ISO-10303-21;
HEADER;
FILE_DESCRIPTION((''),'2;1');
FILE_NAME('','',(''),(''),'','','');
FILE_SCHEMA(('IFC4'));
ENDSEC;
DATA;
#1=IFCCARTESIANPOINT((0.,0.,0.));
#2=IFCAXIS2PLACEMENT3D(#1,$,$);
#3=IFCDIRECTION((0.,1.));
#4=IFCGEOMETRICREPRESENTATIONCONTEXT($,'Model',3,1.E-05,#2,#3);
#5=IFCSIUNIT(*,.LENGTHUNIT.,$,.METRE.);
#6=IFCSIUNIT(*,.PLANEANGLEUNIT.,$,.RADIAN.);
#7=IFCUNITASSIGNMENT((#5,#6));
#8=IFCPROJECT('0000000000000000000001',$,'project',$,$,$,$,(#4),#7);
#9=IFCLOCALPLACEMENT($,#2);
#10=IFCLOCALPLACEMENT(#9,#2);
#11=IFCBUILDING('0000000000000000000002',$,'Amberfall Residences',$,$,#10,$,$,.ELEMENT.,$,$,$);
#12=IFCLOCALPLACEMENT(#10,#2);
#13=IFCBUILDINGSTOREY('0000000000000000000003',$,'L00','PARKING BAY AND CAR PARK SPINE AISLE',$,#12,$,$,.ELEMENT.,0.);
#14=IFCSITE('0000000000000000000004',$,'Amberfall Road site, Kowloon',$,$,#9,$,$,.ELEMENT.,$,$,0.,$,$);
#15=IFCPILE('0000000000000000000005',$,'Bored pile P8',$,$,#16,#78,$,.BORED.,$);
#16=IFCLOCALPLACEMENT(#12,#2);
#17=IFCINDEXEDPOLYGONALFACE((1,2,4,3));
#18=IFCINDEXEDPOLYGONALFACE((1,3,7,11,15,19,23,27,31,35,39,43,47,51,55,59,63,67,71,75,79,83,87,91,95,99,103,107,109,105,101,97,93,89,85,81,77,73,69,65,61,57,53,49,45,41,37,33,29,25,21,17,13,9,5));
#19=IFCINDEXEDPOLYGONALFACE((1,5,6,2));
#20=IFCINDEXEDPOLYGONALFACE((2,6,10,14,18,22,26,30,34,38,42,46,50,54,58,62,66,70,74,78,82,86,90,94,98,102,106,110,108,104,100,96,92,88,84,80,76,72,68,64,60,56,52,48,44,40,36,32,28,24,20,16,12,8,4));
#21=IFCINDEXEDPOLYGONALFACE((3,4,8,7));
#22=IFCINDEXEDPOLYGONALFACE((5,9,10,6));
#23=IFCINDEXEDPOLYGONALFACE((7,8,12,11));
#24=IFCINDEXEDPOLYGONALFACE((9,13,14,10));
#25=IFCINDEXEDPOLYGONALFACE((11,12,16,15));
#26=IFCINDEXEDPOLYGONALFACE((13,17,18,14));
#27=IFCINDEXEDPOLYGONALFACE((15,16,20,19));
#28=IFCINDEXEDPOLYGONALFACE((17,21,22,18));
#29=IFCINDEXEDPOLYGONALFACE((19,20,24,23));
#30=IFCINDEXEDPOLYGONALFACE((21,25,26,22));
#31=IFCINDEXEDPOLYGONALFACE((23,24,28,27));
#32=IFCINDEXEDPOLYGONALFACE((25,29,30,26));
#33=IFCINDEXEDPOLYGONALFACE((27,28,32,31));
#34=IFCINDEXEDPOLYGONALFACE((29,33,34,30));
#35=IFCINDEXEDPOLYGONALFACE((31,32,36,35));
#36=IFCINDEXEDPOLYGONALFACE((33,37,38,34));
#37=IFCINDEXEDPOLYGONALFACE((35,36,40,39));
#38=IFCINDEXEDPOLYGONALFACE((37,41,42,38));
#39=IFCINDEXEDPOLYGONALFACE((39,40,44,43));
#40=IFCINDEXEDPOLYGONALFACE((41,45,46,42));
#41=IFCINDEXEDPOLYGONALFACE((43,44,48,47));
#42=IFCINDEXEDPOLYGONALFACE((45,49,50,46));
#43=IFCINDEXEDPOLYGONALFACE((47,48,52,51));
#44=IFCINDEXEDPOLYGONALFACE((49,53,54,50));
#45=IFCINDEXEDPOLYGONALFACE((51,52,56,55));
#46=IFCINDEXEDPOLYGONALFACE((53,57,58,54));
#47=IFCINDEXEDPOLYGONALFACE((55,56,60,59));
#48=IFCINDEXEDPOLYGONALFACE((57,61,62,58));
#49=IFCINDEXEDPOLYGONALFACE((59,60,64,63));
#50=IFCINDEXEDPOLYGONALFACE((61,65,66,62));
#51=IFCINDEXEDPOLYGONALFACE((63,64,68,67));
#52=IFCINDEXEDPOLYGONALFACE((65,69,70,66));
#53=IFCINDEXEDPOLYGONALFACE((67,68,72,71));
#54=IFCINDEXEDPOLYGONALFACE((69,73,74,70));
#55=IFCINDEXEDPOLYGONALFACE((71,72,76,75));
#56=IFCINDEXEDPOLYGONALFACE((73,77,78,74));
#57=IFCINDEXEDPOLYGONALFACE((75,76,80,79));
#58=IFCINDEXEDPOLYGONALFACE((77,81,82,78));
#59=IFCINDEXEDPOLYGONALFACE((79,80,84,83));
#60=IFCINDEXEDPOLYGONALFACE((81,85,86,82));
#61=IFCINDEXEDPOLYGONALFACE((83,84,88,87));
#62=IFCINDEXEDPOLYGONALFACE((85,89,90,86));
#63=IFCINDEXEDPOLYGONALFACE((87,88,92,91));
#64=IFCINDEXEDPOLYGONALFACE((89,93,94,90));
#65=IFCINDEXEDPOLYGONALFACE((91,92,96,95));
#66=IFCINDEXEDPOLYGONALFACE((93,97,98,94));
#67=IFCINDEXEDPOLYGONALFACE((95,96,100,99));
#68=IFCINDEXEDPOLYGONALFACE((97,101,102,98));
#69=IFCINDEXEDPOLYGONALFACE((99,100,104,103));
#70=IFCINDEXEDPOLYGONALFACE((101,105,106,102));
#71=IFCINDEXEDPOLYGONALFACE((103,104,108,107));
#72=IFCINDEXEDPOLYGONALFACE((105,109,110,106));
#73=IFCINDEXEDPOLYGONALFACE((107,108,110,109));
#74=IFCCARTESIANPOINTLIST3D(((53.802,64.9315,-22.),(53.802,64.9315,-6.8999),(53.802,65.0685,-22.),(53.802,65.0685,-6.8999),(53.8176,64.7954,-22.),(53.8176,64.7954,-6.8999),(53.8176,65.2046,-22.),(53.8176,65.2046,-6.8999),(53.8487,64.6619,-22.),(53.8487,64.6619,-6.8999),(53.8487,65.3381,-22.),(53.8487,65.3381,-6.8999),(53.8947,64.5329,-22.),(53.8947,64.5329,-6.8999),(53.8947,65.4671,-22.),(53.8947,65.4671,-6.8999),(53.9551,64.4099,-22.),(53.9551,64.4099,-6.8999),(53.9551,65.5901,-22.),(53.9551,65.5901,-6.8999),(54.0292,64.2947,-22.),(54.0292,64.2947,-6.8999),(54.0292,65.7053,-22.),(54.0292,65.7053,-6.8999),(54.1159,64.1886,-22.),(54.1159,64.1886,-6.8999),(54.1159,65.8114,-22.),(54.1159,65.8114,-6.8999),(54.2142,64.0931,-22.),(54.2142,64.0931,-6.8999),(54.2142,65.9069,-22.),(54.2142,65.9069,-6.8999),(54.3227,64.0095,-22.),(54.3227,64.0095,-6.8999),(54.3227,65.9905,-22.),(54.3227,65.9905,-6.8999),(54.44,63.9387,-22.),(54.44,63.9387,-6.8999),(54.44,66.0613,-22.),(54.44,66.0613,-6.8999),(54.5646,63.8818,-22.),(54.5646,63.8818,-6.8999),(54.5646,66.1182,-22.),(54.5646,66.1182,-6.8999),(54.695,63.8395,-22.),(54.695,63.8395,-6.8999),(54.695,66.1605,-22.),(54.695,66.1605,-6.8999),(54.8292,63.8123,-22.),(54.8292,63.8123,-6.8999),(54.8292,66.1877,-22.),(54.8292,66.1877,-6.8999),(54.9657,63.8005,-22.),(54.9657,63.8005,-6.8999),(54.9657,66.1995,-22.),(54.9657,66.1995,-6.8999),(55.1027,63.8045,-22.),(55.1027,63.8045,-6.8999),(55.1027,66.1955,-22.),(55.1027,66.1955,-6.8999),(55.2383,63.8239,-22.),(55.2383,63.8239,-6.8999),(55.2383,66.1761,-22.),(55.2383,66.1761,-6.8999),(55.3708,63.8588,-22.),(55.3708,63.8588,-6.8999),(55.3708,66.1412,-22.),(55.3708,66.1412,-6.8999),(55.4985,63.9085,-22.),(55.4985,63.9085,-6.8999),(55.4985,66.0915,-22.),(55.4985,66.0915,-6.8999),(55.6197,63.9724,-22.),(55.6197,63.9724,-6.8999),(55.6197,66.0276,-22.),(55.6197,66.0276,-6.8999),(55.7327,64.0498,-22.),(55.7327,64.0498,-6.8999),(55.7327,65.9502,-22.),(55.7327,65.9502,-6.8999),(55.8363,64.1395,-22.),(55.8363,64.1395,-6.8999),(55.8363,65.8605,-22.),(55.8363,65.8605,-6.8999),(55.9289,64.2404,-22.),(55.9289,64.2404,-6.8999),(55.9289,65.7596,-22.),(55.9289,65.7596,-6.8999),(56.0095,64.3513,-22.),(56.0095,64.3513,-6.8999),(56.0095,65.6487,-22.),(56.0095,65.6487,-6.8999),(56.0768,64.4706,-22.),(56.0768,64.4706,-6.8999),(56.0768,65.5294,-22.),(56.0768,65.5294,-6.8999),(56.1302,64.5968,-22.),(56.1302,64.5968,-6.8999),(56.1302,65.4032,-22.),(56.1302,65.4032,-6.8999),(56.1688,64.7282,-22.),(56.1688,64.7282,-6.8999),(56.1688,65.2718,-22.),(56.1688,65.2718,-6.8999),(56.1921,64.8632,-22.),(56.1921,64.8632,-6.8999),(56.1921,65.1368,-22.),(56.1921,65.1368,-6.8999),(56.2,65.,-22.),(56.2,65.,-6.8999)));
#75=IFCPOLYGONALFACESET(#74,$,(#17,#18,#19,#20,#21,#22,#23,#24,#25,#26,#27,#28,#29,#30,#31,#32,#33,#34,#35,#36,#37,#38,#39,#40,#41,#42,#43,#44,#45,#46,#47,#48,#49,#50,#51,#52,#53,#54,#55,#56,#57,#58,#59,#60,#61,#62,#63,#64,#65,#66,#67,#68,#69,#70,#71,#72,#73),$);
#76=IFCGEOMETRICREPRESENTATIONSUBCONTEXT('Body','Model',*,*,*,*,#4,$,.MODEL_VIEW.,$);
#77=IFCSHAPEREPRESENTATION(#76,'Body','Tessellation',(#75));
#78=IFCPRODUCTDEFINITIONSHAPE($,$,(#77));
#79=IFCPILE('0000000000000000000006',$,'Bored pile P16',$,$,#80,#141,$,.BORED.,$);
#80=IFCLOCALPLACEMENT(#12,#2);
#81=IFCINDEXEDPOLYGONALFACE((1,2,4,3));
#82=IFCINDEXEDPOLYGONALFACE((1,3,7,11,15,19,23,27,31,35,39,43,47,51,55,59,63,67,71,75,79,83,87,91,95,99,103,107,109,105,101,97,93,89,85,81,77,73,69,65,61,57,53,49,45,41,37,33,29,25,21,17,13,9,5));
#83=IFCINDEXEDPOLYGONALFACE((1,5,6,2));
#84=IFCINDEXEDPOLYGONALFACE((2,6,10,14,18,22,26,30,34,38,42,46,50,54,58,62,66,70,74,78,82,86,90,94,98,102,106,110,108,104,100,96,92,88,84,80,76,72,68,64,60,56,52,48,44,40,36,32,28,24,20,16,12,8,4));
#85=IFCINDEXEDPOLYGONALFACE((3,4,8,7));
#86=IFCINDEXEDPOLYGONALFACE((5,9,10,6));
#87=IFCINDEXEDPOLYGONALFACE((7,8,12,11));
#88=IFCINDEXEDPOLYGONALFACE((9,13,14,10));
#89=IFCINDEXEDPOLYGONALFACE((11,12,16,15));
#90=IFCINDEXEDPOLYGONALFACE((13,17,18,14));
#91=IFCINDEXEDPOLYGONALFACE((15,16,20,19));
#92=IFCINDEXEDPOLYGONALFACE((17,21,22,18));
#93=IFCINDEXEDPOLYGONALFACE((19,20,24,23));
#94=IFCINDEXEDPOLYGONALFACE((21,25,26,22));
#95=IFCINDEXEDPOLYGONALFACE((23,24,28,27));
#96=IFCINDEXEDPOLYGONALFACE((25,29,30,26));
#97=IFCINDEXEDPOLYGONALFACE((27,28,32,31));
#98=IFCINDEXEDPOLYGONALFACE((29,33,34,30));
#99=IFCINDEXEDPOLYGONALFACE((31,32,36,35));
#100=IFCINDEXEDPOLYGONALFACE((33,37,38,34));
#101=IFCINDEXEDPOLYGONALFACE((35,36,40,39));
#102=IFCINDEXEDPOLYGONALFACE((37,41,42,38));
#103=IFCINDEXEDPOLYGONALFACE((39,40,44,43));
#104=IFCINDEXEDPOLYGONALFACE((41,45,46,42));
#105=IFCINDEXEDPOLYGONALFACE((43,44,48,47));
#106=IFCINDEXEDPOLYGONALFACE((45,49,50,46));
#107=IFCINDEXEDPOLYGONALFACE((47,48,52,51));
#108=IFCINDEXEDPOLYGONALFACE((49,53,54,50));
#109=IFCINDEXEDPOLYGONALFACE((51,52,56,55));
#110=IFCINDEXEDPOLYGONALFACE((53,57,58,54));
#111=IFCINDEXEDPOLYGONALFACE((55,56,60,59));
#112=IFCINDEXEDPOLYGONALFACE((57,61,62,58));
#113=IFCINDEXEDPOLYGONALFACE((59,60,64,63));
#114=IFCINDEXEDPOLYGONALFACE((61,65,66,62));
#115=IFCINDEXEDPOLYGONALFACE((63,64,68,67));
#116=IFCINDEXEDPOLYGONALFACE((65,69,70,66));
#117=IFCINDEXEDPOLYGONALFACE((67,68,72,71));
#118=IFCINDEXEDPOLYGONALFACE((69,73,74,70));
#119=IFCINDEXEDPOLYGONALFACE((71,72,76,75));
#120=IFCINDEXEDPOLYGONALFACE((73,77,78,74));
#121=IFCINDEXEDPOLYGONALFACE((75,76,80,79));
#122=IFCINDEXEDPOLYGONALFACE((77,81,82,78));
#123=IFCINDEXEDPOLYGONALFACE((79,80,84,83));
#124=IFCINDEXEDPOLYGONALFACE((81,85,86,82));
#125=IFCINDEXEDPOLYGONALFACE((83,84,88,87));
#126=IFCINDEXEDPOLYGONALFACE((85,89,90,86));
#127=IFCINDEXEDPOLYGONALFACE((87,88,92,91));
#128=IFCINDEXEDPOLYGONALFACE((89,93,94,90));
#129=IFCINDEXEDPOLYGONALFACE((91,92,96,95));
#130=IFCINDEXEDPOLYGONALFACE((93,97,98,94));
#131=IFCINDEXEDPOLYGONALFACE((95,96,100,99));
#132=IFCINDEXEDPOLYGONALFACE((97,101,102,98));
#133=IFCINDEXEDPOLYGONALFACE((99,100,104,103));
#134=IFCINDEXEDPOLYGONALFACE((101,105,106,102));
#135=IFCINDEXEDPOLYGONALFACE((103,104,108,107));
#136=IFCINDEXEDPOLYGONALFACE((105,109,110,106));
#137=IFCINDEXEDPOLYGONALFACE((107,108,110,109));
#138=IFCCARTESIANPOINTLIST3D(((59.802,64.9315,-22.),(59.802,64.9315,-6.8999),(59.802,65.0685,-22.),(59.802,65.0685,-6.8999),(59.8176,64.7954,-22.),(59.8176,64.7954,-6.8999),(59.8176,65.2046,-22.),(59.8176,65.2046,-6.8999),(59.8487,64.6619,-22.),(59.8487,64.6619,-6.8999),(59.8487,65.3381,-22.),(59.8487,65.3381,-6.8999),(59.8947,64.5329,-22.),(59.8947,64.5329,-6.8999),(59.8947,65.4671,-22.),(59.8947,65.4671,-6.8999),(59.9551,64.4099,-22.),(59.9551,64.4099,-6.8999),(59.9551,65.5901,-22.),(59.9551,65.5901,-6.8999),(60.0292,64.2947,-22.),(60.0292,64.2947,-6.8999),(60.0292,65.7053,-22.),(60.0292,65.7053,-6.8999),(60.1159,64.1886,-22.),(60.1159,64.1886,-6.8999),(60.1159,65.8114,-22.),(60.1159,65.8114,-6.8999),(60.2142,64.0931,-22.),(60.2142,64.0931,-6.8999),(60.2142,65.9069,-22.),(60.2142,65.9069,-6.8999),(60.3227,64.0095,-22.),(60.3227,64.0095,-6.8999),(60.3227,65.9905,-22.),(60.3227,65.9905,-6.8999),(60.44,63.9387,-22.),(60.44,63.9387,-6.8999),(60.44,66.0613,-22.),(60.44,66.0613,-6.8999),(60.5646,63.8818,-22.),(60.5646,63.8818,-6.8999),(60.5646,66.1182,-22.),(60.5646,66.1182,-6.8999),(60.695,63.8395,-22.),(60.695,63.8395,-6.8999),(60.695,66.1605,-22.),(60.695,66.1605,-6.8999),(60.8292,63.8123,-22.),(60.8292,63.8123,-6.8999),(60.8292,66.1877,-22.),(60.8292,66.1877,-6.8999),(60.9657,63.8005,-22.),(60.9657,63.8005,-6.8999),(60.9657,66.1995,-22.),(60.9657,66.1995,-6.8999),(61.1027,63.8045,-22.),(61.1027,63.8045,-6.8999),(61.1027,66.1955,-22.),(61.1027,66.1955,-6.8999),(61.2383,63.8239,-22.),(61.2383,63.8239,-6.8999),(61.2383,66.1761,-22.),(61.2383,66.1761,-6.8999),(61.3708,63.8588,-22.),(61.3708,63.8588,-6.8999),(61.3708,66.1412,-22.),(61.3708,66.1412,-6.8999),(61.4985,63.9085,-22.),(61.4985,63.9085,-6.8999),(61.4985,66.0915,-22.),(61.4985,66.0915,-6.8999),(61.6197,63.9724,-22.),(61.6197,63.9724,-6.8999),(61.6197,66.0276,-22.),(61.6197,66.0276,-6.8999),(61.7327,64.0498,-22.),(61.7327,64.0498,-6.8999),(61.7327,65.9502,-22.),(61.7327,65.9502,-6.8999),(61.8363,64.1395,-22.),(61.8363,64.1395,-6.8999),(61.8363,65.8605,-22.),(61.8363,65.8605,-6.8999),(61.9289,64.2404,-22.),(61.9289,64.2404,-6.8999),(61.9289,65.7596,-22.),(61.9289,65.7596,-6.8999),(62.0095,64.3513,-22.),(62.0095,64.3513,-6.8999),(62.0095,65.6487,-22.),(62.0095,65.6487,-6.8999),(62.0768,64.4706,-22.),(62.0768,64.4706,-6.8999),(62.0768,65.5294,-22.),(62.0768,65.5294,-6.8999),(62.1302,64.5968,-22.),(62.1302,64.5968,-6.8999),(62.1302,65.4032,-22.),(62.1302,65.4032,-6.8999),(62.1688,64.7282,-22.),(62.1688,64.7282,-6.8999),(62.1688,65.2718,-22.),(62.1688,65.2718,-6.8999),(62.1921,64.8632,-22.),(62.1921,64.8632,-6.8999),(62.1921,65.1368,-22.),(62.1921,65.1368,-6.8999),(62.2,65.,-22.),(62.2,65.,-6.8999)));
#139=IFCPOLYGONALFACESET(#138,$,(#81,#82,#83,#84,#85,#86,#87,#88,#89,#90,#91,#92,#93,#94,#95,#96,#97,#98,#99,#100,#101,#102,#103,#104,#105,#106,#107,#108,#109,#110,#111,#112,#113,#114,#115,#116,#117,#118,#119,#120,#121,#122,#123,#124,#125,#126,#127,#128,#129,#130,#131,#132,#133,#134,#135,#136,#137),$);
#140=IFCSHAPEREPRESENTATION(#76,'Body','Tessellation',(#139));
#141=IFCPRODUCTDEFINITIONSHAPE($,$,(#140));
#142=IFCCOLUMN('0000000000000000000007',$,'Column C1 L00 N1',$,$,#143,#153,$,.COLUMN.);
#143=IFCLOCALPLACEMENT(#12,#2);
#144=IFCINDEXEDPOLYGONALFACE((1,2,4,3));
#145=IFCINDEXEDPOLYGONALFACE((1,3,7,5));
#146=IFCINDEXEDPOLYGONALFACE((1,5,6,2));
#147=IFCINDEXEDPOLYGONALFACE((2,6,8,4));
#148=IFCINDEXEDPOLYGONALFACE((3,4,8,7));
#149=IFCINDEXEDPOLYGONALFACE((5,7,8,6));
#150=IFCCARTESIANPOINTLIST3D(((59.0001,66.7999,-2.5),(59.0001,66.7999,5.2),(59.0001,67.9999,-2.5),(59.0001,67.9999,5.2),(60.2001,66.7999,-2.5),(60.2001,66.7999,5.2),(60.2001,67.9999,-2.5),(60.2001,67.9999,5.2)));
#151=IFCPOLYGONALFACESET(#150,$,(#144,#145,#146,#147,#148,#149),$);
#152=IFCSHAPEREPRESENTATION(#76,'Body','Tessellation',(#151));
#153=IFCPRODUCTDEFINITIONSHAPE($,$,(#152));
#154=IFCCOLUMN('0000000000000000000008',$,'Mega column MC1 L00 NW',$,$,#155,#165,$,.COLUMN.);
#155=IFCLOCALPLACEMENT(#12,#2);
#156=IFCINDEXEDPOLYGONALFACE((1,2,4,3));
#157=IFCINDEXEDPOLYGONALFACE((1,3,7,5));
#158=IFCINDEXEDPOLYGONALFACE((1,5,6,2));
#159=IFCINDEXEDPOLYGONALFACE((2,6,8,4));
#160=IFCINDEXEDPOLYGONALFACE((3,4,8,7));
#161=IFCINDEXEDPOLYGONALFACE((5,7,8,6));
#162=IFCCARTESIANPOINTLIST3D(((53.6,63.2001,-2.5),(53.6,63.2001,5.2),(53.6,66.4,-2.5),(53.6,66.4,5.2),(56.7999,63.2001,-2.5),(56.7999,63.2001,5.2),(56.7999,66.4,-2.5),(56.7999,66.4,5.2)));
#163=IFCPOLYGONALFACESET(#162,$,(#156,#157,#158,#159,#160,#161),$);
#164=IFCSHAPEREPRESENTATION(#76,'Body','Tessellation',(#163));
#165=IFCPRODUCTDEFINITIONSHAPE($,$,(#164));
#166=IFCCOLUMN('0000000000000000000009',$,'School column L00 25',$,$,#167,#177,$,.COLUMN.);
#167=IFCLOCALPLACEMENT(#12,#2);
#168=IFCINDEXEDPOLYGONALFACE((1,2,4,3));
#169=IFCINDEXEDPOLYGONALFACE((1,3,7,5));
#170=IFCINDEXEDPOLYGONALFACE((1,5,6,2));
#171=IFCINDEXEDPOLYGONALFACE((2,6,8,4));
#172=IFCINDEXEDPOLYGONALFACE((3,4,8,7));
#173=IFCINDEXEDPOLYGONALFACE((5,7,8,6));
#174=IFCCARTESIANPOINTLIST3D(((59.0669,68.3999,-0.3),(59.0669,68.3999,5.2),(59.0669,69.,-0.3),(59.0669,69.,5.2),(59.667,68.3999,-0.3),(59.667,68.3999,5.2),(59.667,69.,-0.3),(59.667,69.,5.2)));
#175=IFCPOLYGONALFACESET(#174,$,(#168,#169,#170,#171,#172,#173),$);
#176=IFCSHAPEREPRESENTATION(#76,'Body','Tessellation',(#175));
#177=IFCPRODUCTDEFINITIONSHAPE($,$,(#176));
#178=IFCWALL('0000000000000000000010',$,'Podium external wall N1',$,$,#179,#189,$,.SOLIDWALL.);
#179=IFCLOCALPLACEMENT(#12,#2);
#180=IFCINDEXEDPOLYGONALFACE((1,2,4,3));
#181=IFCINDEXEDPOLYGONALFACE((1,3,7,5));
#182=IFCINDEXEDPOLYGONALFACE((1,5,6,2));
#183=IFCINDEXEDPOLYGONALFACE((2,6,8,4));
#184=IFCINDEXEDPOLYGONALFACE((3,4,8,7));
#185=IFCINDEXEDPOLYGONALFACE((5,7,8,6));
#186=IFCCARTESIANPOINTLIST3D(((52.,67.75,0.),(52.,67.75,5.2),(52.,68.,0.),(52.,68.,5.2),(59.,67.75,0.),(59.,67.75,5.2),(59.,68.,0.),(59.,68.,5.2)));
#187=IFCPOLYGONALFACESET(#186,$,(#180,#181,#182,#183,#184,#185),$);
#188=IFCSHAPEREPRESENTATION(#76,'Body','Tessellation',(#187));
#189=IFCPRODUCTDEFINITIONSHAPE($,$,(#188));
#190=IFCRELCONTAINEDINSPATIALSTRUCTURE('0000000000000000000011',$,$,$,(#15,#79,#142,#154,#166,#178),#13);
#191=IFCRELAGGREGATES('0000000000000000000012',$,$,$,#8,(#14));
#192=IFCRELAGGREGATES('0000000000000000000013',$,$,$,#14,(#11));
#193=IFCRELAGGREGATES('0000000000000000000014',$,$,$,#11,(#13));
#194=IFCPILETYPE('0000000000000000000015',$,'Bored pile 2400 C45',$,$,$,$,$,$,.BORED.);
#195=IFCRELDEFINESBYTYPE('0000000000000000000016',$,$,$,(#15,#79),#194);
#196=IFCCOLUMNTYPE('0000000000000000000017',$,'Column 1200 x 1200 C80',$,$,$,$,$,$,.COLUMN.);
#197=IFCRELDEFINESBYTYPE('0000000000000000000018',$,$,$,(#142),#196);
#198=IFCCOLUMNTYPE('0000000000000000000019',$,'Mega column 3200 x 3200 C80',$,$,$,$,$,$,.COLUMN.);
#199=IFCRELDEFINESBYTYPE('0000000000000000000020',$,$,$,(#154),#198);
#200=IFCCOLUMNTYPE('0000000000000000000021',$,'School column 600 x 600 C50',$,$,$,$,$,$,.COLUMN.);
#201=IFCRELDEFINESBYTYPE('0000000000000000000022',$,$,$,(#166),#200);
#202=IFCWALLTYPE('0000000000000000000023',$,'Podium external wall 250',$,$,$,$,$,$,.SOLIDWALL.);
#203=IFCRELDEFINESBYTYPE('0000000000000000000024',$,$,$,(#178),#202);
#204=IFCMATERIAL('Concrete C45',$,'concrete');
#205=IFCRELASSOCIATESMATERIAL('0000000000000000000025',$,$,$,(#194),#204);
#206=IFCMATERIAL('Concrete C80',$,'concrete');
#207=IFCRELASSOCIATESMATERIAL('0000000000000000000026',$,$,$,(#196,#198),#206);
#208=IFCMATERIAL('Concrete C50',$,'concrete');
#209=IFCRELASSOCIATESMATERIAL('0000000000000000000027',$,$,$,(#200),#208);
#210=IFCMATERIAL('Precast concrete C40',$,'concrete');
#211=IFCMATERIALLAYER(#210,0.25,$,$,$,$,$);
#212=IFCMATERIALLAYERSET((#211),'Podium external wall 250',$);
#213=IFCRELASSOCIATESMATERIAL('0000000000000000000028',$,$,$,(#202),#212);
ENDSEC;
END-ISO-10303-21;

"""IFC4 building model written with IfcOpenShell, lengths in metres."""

from ifc_helpers import new_model, si_unit, direction, frame, frame_2d, origin, origin_2d, place, context, subcontext, project, spatial, rectangle, circle, extrude, material, layer, layer_set, material_profile, profile_set, type_object, element, save


model = new_model("IFC4")

# Units and contexts
model_context = context("Model", 3, precision=1e-05, world=origin(), true_north=direction((0.0, 1.0)))
body_context = subcontext(model_context, "Body", "Model", "MODEL_VIEW")
ifc_project = project(units=[si_unit("LENGTHUNIT", "METRE"), si_unit("PLANEANGLEUNIT", "RADIAN")], contexts=[model_context])

# Site, building, storey
site_placement = place(None, origin())
site = spatial("IfcSite", under=ifc_project, at=site_placement, Name="Amberfall Road site, Kowloon", CompositionType="ELEMENT", RefElevation=0.0)
building_placement = place(site_placement, origin())
building = spatial("IfcBuilding", under=site, at=building_placement, Name="Amberfall Residences", CompositionType="ELEMENT")
storey_placement = place(building_placement, origin())
storey = spatial("IfcBuildingStorey", under=building, at=storey_placement, Name="L00", Description="PARKING BAY AND CAR PARK SPINE AISLE", CompositionType="ELEMENT", Elevation=0.0)

# Piles
ifc_material_1 = material(Name="Concrete C45", Category="concrete")
ifc_material_profile_1 = material_profile(ifc_material_1, circle(Radius=1.2, at=origin_2d()), Name="Bored pile 2400 C45")
ifc_profile_set_1 = profile_set([ifc_material_profile_1], Name="Concrete C45")
pile_type = type_object("IfcPileType", Name="Bored pile 2400 C45", PredefinedType="BORED", material=ifc_profile_set_1)
for number, where, z_axis, x_axis, name in (
    (1, (55.0, 65.0, -6.8999), (0.0, 0.0, -1.0), (1.0, 0.0, 0.0), "Bored pile P8"),
    (2, (61.0, 65.0, -6.8999), (0.0, 0.0, -1.0), (1.0, 0.0, 0.0), "Bored pile P16"),
):
    element("IfcPile", number, at=place(storey_placement, frame(where, z_axis=z_axis, x_axis=x_axis)), inside=storey, type_object=pile_type, Name=name, PredefinedType="BORED", context=body_context, shape_type="SweptSolid", body=[
        extrude(circle(Radius=1.2, at=origin_2d()), origin(), (0.0, 0.0, 1.0), 15.1001),
    ])

# Columns
ifc_material_2 = material(Name="Concrete C80", Category="concrete")
ifc_material_profile_2 = material_profile(ifc_material_2, rectangle(XDim=1.2, YDim=1.2, at=origin_2d()), Name="Column 1200 x 1200 C80")
ifc_profile_set_2 = profile_set([ifc_material_profile_2], Name="Concrete C80")
column_type_1 = type_object("IfcColumnType", Name="Column 1200 x 1200 C80", PredefinedType="COLUMN", material=ifc_profile_set_2)
column_1_placement = place(storey_placement, frame((59.6001, 67.3999, -2.5), z_axis=(0.0, 0.0, 1.0), x_axis=(1.0, 0.0, 0.0)))
element("IfcColumn", 3, at=column_1_placement, inside=storey, type_object=column_type_1, Name="Column C1 L00 N1", PredefinedType="COLUMN", context=body_context, shape_type="SweptSolid", body=[
    extrude(rectangle(XDim=1.2, YDim=1.2, at=origin_2d()), origin(), (0.0, 0.0, 1.0), 7.7),
])
ifc_material_profile_3 = material_profile(ifc_material_2, rectangle(XDim=3.2, YDim=3.2, at=origin_2d()), Name="Mega column 3200 x 3200 C80")
ifc_profile_set_3 = profile_set([ifc_material_profile_3], Name="Concrete C80")
column_type_2 = type_object("IfcColumnType", Name="Mega column 3200 x 3200 C80", PredefinedType="COLUMN", material=ifc_profile_set_3)
column_2_placement = place(storey_placement, frame((55.2, 64.8, -2.5), z_axis=(0.0, 0.0, 1.0), x_axis=(1.0, 0.0, 0.0)))
element("IfcColumn", 4, at=column_2_placement, inside=storey, type_object=column_type_2, Name="Mega column MC1 L00 NW", PredefinedType="COLUMN", context=body_context, shape_type="SweptSolid", body=[
    extrude(rectangle(XDim=3.2, YDim=3.2, at=origin_2d()), origin(), (0.0, 0.0, 1.0), 7.7),
])
ifc_material_3 = material(Name="Concrete C50", Category="concrete")
ifc_material_profile_4 = material_profile(ifc_material_3, rectangle(XDim=0.6001, YDim=0.6001, at=origin_2d()), Name="School column 600 x 600 C50")
ifc_profile_set_4 = profile_set([ifc_material_profile_4], Name="Concrete C50")
column_type_3 = type_object("IfcColumnType", Name="School column 600 x 600 C50", PredefinedType="COLUMN", material=ifc_profile_set_4)
column_3_placement = place(storey_placement, frame((59.3669, 68.7, -0.3), z_axis=(0.0, 0.0, 1.0), x_axis=(1.0, 0.0, 0.0)))
element("IfcColumn", 5, at=column_3_placement, inside=storey, type_object=column_type_3, Name="School column L00 25", PredefinedType="COLUMN", context=body_context, shape_type="SweptSolid", body=[
    extrude(rectangle(XDim=0.6001, YDim=0.6001, at=origin_2d()), origin(), (0.0, 0.0, 1.0), 5.5),
])

# Wall
ifc_material_4 = material(Name="Precast concrete C40", Category="concrete")
ifc_layer_1 = layer(ifc_material_4, 0.25)
ifc_layer_set_1 = layer_set([ifc_layer_1], Name="Podium external wall 250")
wall_type_1 = type_object("IfcWallType", Name="Podium external wall 250", PredefinedType="SOLIDWALL", material=ifc_layer_set_1)
wall_1_placement = place(storey_placement, frame((52.0, 67.875, 0.0), z_axis=(0.0, 0.0, 1.0), x_axis=(1.0, 0.0, 0.0)))
element("IfcWall", 6, at=wall_1_placement, inside=storey, type_object=wall_type_1, Name="Podium external wall N1", PredefinedType="SOLIDWALL", context=body_context, shape_type="SweptSolid", body=[
    extrude(rectangle(XDim=7.0, YDim=0.25, at=frame_2d((3.5, 0.0))), origin(), (0.0, 0.0, 1.0), 5.2),
])

save(model, "model.ifc")
